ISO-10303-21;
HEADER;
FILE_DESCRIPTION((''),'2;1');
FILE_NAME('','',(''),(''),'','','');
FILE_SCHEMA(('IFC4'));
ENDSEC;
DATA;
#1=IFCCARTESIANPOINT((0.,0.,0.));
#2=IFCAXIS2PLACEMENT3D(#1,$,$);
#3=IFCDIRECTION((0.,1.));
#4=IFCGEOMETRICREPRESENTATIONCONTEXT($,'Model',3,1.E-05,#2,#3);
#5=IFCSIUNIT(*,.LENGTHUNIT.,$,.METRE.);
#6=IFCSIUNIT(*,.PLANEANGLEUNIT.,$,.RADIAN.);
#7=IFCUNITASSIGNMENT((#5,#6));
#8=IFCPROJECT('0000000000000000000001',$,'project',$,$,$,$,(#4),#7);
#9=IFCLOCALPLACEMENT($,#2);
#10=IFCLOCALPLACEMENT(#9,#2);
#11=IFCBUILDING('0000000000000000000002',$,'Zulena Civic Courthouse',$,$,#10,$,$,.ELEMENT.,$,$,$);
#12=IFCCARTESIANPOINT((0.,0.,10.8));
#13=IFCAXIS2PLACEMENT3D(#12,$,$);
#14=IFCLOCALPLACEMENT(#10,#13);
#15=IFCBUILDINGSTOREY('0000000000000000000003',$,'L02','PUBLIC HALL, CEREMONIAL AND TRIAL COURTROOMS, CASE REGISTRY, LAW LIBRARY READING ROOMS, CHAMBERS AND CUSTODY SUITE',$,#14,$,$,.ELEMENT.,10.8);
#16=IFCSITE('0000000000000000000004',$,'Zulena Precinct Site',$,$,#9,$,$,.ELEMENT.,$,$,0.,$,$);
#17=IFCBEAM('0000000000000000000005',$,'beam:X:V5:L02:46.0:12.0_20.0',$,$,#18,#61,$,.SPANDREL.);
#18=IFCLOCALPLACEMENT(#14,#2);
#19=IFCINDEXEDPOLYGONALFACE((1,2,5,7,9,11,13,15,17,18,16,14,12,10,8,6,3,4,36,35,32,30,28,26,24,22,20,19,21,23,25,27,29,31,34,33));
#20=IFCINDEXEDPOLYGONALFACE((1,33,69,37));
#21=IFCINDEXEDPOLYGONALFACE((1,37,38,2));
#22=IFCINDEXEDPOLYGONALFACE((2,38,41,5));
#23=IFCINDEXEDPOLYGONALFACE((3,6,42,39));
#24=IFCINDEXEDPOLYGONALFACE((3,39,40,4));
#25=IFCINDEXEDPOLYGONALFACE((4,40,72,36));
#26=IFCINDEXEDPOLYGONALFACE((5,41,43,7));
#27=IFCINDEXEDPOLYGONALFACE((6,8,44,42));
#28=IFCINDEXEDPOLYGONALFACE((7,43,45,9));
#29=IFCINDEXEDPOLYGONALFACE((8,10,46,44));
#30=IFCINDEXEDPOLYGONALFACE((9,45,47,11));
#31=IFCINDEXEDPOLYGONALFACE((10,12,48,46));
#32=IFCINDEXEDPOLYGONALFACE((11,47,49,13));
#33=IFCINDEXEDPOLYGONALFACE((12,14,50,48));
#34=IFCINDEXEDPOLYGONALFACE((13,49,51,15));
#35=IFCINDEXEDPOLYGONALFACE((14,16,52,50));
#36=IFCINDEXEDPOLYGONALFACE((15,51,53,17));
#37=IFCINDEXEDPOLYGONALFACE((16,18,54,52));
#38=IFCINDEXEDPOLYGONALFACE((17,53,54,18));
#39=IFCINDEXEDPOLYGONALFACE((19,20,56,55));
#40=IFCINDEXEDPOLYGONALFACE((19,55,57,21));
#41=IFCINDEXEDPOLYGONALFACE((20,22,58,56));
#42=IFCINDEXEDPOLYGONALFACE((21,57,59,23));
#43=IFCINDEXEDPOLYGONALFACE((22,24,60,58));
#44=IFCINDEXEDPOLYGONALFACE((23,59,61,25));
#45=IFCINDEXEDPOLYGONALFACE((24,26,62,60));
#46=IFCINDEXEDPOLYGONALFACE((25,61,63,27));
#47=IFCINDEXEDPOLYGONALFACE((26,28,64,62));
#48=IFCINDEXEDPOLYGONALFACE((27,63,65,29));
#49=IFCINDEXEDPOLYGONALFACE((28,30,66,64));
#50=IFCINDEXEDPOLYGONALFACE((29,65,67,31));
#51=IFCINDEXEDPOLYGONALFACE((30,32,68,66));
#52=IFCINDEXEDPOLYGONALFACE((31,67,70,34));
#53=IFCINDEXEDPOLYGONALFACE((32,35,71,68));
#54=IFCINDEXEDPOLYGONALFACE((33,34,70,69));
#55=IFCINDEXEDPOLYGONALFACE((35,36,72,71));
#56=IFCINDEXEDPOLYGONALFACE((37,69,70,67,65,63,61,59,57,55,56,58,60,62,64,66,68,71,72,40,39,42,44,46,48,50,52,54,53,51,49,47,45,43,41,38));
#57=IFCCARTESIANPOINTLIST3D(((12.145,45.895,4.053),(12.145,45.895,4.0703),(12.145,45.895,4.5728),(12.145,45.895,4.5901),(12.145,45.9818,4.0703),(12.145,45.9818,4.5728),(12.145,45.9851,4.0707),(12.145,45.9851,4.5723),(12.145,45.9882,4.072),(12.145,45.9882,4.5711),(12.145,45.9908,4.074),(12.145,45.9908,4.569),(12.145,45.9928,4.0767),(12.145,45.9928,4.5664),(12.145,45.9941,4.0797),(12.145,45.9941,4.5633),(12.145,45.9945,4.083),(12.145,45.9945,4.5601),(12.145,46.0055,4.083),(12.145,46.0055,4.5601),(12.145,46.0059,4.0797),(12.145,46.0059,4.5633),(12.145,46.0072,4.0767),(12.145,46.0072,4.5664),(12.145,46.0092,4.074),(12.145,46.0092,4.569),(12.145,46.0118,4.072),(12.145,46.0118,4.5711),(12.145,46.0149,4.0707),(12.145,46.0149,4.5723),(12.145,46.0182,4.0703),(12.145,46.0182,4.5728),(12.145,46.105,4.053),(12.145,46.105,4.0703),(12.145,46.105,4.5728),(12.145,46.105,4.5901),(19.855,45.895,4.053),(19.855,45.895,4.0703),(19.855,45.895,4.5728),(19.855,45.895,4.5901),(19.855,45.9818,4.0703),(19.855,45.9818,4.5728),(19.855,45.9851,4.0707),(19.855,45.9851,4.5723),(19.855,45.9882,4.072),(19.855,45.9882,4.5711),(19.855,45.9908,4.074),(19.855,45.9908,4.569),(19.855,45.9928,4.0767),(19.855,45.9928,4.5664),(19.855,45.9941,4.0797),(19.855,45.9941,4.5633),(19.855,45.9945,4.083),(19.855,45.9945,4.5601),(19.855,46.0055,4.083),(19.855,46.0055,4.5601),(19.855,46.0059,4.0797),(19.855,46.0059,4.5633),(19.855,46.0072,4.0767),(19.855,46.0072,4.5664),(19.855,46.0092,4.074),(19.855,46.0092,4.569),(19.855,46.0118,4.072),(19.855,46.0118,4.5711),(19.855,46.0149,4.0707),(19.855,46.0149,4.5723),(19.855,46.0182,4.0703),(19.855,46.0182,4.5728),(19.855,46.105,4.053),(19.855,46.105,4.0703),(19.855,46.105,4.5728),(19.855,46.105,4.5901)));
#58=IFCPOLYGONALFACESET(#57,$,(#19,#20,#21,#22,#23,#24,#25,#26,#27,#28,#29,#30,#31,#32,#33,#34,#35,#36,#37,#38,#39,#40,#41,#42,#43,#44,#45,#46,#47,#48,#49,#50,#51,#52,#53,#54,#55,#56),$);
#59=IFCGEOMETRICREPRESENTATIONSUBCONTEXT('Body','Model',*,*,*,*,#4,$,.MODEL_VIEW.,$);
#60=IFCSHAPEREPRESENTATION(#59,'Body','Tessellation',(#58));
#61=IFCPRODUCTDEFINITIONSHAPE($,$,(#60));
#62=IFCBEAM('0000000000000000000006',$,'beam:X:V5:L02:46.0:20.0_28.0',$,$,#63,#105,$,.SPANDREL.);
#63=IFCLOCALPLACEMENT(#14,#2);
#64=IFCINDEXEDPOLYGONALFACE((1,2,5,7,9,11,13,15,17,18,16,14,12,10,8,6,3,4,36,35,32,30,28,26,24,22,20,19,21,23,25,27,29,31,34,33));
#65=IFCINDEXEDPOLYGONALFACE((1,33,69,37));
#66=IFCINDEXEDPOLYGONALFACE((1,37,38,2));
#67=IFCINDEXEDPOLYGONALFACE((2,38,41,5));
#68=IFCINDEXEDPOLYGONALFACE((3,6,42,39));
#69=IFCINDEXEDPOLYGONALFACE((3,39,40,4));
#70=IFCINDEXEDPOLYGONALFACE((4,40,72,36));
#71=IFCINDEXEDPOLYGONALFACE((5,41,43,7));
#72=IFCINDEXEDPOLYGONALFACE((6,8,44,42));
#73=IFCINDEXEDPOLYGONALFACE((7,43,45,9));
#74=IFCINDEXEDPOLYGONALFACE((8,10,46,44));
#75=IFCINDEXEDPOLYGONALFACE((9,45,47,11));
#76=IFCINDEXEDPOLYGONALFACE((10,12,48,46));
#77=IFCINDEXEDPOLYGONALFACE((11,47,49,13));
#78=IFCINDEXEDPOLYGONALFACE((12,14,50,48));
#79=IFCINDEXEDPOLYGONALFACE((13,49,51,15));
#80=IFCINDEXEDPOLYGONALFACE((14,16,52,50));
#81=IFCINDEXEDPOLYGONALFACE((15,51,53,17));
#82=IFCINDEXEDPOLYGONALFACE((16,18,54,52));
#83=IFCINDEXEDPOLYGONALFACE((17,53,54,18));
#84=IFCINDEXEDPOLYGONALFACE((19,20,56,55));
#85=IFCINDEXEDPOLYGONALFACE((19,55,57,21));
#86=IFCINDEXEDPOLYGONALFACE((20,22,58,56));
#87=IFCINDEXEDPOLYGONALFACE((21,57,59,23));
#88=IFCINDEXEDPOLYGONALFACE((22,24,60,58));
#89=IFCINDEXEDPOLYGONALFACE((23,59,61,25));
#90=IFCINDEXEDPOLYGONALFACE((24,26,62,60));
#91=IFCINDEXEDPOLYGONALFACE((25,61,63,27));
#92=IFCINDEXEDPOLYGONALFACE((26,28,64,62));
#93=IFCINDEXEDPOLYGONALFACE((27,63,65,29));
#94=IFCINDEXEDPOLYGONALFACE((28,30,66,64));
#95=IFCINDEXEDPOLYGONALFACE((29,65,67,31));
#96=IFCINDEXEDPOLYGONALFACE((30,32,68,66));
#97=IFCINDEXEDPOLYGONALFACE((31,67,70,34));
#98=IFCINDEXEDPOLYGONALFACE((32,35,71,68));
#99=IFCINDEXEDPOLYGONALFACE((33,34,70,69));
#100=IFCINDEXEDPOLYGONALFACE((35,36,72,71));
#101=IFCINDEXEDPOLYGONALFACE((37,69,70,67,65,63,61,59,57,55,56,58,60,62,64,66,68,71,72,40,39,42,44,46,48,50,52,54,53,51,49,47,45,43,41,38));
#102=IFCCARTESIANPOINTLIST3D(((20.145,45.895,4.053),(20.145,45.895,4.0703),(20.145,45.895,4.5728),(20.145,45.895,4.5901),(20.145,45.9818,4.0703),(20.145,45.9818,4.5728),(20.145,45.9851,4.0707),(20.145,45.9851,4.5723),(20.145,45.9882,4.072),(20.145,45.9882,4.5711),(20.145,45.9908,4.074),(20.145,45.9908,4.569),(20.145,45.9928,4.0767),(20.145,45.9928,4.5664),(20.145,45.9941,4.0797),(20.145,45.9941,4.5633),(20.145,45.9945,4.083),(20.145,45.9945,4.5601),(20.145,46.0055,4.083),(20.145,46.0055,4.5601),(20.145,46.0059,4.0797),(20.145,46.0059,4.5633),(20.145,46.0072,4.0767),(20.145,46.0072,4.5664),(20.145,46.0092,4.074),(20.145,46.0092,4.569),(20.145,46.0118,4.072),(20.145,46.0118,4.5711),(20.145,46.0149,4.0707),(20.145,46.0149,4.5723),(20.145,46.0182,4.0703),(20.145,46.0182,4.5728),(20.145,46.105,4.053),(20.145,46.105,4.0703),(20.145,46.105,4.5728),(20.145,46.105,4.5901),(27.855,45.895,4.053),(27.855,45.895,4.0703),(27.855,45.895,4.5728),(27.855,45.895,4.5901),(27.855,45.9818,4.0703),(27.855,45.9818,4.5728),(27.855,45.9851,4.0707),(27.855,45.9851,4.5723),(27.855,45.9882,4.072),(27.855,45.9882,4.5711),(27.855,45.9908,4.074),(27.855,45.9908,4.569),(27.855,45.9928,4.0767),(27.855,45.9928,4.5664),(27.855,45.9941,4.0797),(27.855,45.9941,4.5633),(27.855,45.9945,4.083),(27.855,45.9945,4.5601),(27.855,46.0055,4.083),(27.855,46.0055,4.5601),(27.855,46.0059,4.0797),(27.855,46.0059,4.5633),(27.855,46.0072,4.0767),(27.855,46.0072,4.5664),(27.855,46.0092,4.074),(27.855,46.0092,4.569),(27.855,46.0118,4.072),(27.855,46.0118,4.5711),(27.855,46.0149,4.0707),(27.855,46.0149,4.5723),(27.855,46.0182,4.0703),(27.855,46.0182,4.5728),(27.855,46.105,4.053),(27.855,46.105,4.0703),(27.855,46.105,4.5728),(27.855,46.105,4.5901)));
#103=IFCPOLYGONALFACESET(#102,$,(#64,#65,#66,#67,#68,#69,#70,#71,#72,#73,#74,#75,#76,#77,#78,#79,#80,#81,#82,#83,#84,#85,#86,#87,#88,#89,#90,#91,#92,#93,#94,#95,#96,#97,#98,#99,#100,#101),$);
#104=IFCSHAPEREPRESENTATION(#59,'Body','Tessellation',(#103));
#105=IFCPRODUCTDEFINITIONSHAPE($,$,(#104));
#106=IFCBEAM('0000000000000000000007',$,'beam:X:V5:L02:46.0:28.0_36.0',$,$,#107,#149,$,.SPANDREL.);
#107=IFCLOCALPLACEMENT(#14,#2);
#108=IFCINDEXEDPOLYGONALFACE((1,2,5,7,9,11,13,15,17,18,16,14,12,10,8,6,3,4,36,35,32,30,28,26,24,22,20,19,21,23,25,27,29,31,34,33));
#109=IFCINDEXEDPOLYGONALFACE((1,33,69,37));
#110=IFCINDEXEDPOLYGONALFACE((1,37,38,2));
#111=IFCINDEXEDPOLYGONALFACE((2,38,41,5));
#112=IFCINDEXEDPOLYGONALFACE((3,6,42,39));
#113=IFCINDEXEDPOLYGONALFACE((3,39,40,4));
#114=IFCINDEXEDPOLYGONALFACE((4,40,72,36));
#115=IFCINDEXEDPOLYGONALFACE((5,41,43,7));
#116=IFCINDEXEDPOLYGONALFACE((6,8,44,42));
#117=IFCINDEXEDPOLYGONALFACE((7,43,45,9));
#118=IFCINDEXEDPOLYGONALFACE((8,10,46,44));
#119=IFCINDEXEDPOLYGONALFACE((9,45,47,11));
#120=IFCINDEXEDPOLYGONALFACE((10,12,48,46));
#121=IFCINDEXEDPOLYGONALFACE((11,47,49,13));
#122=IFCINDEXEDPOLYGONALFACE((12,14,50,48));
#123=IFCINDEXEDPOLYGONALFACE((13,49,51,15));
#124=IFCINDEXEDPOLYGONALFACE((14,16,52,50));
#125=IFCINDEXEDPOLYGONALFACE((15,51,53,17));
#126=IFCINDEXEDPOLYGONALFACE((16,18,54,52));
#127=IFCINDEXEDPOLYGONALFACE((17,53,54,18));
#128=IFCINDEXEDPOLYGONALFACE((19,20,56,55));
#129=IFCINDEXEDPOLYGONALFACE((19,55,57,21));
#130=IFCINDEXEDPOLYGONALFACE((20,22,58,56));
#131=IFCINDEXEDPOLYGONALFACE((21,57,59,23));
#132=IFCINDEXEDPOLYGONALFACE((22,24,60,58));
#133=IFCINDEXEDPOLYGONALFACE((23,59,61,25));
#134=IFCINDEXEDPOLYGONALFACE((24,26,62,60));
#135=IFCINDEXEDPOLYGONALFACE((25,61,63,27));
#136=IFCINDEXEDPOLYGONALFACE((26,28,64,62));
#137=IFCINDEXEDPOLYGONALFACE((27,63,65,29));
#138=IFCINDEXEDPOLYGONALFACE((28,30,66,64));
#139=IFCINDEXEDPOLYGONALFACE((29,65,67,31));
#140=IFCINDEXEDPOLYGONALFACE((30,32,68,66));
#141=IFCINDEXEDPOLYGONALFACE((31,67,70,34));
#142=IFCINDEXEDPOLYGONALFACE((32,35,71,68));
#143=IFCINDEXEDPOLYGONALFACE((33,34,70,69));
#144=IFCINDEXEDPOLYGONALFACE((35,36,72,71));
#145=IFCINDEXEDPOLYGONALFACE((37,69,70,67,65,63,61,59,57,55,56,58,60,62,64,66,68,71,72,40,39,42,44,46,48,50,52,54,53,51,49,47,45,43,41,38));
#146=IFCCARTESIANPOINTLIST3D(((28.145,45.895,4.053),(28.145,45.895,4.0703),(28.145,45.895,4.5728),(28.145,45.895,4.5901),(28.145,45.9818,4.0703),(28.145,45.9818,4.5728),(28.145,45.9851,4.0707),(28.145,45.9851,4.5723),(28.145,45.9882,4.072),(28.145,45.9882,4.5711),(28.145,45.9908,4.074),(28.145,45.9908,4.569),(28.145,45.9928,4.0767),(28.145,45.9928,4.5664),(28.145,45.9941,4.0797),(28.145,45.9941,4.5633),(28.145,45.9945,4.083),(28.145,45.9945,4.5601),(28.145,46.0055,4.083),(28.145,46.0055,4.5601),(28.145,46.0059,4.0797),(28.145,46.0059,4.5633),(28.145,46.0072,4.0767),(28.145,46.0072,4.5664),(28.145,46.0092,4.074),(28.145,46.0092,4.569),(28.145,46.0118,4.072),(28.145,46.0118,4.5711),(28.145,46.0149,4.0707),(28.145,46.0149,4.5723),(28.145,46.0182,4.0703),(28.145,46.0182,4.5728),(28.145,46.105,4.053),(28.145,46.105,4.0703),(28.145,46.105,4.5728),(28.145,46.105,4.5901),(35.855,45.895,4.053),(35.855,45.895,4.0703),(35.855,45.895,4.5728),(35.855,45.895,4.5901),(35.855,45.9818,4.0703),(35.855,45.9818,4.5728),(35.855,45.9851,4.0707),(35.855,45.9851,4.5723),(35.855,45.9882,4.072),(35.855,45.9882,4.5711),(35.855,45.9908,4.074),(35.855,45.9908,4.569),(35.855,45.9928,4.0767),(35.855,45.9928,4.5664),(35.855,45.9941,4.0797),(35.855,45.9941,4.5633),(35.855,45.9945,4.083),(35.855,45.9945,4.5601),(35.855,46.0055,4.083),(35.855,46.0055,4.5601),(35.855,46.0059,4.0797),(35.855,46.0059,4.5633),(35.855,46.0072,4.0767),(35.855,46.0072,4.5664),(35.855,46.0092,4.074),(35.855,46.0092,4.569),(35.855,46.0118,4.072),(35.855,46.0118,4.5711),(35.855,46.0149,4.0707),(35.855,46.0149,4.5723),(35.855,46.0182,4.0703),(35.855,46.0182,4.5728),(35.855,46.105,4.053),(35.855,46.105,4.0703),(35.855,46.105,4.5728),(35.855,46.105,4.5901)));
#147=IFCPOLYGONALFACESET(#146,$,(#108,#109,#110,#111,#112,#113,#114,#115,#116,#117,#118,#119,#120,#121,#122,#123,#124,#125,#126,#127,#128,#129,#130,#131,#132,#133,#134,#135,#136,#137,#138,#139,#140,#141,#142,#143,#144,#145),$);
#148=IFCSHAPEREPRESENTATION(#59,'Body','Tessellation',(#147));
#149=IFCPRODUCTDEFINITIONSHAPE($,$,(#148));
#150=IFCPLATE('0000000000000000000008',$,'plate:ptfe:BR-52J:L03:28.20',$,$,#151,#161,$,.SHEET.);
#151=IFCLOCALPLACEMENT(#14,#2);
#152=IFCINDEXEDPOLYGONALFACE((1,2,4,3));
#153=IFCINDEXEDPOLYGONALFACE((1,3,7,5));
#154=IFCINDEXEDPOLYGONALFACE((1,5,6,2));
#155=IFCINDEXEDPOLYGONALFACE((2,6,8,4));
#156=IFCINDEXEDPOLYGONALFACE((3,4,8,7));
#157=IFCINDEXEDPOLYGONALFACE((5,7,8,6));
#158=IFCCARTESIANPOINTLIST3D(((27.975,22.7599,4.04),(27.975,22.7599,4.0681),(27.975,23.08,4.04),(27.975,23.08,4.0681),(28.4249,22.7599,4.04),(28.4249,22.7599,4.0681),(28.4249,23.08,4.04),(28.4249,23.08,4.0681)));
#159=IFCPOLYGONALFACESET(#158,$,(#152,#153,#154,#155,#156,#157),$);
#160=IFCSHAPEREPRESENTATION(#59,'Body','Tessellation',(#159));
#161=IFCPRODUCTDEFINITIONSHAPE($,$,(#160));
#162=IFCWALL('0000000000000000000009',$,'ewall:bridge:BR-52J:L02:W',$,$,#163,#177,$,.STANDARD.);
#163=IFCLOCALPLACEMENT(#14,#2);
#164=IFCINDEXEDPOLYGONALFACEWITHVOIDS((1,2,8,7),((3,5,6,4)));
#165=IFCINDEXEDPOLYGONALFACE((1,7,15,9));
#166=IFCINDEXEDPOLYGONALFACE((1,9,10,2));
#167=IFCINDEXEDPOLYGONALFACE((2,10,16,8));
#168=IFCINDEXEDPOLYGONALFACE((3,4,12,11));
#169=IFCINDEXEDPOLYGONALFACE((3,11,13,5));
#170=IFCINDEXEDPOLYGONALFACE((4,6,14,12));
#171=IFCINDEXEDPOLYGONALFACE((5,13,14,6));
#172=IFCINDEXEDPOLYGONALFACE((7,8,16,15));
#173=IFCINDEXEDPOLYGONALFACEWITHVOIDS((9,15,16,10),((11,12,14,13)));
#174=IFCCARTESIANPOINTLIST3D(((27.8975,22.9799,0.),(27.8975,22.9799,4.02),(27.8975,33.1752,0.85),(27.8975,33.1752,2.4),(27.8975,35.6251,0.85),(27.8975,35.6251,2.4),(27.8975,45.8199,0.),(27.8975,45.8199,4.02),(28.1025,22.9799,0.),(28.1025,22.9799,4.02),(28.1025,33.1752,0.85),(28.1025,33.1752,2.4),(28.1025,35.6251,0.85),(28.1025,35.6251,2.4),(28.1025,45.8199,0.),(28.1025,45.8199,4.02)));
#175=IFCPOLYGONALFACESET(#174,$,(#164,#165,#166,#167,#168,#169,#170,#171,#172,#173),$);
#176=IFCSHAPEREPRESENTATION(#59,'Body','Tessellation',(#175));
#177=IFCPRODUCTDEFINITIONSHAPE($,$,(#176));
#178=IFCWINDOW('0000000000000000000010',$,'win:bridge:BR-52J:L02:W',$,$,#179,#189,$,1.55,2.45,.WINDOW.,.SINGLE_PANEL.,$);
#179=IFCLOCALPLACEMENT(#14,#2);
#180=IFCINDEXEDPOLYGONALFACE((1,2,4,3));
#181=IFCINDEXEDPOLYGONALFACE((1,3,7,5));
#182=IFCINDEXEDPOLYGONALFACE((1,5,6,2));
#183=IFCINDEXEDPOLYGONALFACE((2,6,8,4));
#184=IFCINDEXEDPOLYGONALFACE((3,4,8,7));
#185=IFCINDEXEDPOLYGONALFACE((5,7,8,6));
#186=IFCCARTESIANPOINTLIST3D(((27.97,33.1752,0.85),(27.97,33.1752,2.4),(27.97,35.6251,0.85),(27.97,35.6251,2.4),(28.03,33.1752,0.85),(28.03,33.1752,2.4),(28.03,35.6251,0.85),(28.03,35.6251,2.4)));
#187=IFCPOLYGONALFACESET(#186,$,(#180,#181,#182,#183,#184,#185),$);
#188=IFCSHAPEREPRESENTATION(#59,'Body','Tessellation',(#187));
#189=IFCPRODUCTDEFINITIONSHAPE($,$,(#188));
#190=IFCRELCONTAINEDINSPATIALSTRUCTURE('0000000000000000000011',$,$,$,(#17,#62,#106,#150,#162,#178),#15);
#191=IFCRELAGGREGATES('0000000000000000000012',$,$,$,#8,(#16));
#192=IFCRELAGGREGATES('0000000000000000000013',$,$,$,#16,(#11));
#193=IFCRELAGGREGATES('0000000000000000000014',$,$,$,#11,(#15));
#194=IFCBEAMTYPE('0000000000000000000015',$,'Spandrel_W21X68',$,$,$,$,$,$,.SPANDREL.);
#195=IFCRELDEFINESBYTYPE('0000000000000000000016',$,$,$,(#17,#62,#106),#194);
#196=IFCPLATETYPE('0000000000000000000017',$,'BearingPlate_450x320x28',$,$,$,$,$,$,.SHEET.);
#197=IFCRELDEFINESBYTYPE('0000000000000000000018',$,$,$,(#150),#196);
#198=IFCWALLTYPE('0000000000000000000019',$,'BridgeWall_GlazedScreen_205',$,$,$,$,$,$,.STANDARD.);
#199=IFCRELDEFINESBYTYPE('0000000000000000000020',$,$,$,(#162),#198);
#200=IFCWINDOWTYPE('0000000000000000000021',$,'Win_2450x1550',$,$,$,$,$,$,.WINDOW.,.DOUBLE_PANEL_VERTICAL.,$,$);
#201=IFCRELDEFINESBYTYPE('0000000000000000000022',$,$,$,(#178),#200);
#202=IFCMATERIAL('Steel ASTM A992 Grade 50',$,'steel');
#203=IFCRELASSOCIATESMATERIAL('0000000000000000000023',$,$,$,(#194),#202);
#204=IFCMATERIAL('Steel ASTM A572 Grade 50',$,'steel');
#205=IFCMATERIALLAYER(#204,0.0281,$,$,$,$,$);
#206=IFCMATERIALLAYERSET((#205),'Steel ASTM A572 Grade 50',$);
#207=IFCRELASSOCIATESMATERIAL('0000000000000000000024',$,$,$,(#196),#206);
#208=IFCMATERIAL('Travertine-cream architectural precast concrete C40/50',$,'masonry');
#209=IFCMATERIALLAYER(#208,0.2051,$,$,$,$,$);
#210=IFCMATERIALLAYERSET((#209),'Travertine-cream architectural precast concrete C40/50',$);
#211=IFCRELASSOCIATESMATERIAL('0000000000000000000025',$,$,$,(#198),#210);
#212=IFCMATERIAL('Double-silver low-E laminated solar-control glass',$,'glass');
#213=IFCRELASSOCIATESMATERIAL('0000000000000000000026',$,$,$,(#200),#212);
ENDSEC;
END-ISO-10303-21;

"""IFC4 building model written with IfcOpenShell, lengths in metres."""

from ifc_helpers import new_model, si_unit, direction, frame, frame_2d, origin, origin_2d, place, context, subcontext, project, spatial, rectangle, i_section, extrude, material, layer, layer_set, material_profile, profile_set, type_object, element, fill, save


model = new_model("IFC4")

# Units and contexts
model_context = context("Model", 3, precision=1e-05, world=origin(), true_north=direction((0.0, 1.0)))
body_context = subcontext(model_context, "Body", "Model", "MODEL_VIEW")
ifc_project = project(units=[si_unit("LENGTHUNIT", "METRE"), si_unit("PLANEANGLEUNIT", "RADIAN")], contexts=[model_context])

# Site, building, storey
site_placement = place(None, origin())
site = spatial("IfcSite", under=ifc_project, at=site_placement, Name="Zulena Precinct Site", CompositionType="ELEMENT", RefElevation=0.0)
building_placement = place(site_placement, origin())
building = spatial("IfcBuilding", under=site, at=building_placement, Name="Zulena Civic Courthouse", CompositionType="ELEMENT")
storey_placement = place(building_placement, frame((0.0, 0.0, 10.8)))
storey = spatial("IfcBuildingStorey", under=building, at=storey_placement, Name="L02", Description="PUBLIC HALL, CEREMONIAL AND TRIAL COURTROOMS, CASE REGISTRY, LAW LIBRARY READING ROOMS, CHAMBERS AND CUSTODY SUITE", CompositionType="ELEMENT", Elevation=10.8)

# Shared definitions
ifc_material_1 = material(Name="Steel ASTM A992 Grade 50", Category="steel")

# Beams
ifc_material_profile_1 = material_profile(ifc_material_1, i_section(OverallWidth=0.21, OverallDepth=0.5371, WebThickness=0.011, FlangeThickness=0.0173, FilletRadius=0.0127, at=origin_2d()), Name="W21X68")
ifc_profile_set_1 = profile_set([ifc_material_profile_1], Name="Steel ASTM A992 Grade 50")
beam_type_1 = type_object("IfcBeamType", Name="Spandrel_W21X68", PredefinedType="SPANDREL", material=ifc_profile_set_1)
for number, where, z_axis, x_axis, name in (
    (1, (12.145, 46.0, 4.3215), (1.0, 0.0, 0.0), (0.0, 1.0, 0.0), "beam:X:V5:L02:46.0:12.0_20.0"),
    (2, (20.145, 46.0, 4.3215), (1.0, 0.0, 0.0), (0.0, 1.0, 0.0), "beam:X:V5:L02:46.0:20.0_28.0"),
    (3, (28.145, 46.0, 4.3215), (1.0, 0.0, 0.0), (0.0, 1.0, 0.0), "beam:X:V5:L02:46.0:28.0_36.0"),
):
    element("IfcBeam", number, at=place(storey_placement, frame(where, z_axis=z_axis, x_axis=x_axis)), inside=storey, type_object=beam_type_1, Name=name, PredefinedType="SPANDREL", context=body_context, shape_type="SweptSolid", body=[
        extrude(i_section(OverallWidth=0.21, OverallDepth=0.5371, WebThickness=0.011, FlangeThickness=0.0173, FilletRadius=0.0127, at=origin_2d()), origin(), (0.0, 0.0, 1.0), 7.71),
    ])

# Plate
ifc_material_2 = material(Name="Steel ASTM A572 Grade 50", Category="steel")
ifc_layer_1 = layer(ifc_material_2, 0.0281)
ifc_layer_set_1 = layer_set([ifc_layer_1], Name="Steel ASTM A572 Grade 50")
plate_type = type_object("IfcPlateType", Name="BearingPlate_450x320x28", PredefinedType="SHEET", material=ifc_layer_set_1)
plate_placement = place(storey_placement, frame((28.2, 22.9199, 4.04), z_axis=(0.0, 0.0, 1.0), x_axis=(1.0, 0.0, 0.0)))
element("IfcPlate", 4, at=plate_placement, inside=storey, type_object=plate_type, Name="plate:ptfe:BR-52J:L03:28.20", PredefinedType="SHEET", context=body_context, shape_type="SweptSolid", body=[
    extrude(rectangle(XDim=0.45, YDim=0.3201, at=origin_2d()), origin(), (0.0, 0.0, 1.0), 0.0281),
])

# Wall, opening, window
ifc_material_3 = material(Name="Travertine-cream architectural precast concrete C40/50", Category="masonry")
ifc_layer_2 = layer(ifc_material_3, 0.2051)
ifc_layer_set_2 = layer_set([ifc_layer_2], Name="Travertine-cream architectural precast concrete C40/50")
wall_type_1 = type_object("IfcWallType", Name="BridgeWall_GlazedScreen_205", PredefinedType="STANDARD", material=ifc_layer_set_2)
wall_1_placement = place(storey_placement, frame((28.0, 22.98, 0.0), z_axis=(0.0, 0.0, 1.0), x_axis=(0.0, 1.0, 0.0)))
wall_1 = element("IfcWall", 5, at=wall_1_placement, inside=storey, type_object=wall_type_1, Name="ewall:bridge:BR-52J:L02:W", PredefinedType="STANDARD", context=body_context, shape_type="SweptSolid", body=[
    extrude(rectangle(XDim=22.8401, YDim=0.2051, at=frame_2d((11.4199, 0.0))), origin(), (0.0, 0.0, 1.0), 4.02),
])
opening_1_placement = place(wall_1_placement, frame((10.1951, 0.0, 0.8501)))
opening_1 = element("IfcOpeningElement", 6, at=opening_1_placement, cuts=wall_1, PredefinedType="OPENING", context=body_context, shape_type="SweptSolid", body=[
    extrude(rectangle(XDim=2.45, YDim=1.55, at=frame_2d((1.2251, 0.7749))), frame((0.0, 0.1125, 0.0), z_axis=(0.0, -1.0, 0.0), x_axis=(1.0, 0.0, 0.0)), (0.0, 0.0, 1.0), 0.2251),
])
ifc_material_4 = material(Name="Double-silver low-E laminated solar-control glass", Category="glass")
window_type_1 = type_object("IfcWindowType", Name="Win_2450x1550", PartitioningType="DOUBLE_PANEL_VERTICAL", PredefinedType="WINDOW", material=ifc_material_4)
window_1_placement = place(opening_1_placement, origin())
window_1 = element("IfcWindow", 7, at=window_1_placement, inside=storey, type_object=window_type_1, Name="win:bridge:BR-52J:L02:W", OverallHeight=1.55, OverallWidth=2.45, PartitioningType="SINGLE_PANEL", PredefinedType="WINDOW", context=body_context, shape_type="SweptSolid", body=[
    extrude(rectangle(XDim=2.45, YDim=1.55, at=frame_2d((1.2251, 0.7749))), frame((0.0, 0.03, 0.0), z_axis=(0.0, -1.0, 0.0), x_axis=(1.0, 0.0, 0.0)), (0.0, 0.0, 1.0), 0.0601),
])
fill(opening_1, window_1)

save(model, "model.ifc")
